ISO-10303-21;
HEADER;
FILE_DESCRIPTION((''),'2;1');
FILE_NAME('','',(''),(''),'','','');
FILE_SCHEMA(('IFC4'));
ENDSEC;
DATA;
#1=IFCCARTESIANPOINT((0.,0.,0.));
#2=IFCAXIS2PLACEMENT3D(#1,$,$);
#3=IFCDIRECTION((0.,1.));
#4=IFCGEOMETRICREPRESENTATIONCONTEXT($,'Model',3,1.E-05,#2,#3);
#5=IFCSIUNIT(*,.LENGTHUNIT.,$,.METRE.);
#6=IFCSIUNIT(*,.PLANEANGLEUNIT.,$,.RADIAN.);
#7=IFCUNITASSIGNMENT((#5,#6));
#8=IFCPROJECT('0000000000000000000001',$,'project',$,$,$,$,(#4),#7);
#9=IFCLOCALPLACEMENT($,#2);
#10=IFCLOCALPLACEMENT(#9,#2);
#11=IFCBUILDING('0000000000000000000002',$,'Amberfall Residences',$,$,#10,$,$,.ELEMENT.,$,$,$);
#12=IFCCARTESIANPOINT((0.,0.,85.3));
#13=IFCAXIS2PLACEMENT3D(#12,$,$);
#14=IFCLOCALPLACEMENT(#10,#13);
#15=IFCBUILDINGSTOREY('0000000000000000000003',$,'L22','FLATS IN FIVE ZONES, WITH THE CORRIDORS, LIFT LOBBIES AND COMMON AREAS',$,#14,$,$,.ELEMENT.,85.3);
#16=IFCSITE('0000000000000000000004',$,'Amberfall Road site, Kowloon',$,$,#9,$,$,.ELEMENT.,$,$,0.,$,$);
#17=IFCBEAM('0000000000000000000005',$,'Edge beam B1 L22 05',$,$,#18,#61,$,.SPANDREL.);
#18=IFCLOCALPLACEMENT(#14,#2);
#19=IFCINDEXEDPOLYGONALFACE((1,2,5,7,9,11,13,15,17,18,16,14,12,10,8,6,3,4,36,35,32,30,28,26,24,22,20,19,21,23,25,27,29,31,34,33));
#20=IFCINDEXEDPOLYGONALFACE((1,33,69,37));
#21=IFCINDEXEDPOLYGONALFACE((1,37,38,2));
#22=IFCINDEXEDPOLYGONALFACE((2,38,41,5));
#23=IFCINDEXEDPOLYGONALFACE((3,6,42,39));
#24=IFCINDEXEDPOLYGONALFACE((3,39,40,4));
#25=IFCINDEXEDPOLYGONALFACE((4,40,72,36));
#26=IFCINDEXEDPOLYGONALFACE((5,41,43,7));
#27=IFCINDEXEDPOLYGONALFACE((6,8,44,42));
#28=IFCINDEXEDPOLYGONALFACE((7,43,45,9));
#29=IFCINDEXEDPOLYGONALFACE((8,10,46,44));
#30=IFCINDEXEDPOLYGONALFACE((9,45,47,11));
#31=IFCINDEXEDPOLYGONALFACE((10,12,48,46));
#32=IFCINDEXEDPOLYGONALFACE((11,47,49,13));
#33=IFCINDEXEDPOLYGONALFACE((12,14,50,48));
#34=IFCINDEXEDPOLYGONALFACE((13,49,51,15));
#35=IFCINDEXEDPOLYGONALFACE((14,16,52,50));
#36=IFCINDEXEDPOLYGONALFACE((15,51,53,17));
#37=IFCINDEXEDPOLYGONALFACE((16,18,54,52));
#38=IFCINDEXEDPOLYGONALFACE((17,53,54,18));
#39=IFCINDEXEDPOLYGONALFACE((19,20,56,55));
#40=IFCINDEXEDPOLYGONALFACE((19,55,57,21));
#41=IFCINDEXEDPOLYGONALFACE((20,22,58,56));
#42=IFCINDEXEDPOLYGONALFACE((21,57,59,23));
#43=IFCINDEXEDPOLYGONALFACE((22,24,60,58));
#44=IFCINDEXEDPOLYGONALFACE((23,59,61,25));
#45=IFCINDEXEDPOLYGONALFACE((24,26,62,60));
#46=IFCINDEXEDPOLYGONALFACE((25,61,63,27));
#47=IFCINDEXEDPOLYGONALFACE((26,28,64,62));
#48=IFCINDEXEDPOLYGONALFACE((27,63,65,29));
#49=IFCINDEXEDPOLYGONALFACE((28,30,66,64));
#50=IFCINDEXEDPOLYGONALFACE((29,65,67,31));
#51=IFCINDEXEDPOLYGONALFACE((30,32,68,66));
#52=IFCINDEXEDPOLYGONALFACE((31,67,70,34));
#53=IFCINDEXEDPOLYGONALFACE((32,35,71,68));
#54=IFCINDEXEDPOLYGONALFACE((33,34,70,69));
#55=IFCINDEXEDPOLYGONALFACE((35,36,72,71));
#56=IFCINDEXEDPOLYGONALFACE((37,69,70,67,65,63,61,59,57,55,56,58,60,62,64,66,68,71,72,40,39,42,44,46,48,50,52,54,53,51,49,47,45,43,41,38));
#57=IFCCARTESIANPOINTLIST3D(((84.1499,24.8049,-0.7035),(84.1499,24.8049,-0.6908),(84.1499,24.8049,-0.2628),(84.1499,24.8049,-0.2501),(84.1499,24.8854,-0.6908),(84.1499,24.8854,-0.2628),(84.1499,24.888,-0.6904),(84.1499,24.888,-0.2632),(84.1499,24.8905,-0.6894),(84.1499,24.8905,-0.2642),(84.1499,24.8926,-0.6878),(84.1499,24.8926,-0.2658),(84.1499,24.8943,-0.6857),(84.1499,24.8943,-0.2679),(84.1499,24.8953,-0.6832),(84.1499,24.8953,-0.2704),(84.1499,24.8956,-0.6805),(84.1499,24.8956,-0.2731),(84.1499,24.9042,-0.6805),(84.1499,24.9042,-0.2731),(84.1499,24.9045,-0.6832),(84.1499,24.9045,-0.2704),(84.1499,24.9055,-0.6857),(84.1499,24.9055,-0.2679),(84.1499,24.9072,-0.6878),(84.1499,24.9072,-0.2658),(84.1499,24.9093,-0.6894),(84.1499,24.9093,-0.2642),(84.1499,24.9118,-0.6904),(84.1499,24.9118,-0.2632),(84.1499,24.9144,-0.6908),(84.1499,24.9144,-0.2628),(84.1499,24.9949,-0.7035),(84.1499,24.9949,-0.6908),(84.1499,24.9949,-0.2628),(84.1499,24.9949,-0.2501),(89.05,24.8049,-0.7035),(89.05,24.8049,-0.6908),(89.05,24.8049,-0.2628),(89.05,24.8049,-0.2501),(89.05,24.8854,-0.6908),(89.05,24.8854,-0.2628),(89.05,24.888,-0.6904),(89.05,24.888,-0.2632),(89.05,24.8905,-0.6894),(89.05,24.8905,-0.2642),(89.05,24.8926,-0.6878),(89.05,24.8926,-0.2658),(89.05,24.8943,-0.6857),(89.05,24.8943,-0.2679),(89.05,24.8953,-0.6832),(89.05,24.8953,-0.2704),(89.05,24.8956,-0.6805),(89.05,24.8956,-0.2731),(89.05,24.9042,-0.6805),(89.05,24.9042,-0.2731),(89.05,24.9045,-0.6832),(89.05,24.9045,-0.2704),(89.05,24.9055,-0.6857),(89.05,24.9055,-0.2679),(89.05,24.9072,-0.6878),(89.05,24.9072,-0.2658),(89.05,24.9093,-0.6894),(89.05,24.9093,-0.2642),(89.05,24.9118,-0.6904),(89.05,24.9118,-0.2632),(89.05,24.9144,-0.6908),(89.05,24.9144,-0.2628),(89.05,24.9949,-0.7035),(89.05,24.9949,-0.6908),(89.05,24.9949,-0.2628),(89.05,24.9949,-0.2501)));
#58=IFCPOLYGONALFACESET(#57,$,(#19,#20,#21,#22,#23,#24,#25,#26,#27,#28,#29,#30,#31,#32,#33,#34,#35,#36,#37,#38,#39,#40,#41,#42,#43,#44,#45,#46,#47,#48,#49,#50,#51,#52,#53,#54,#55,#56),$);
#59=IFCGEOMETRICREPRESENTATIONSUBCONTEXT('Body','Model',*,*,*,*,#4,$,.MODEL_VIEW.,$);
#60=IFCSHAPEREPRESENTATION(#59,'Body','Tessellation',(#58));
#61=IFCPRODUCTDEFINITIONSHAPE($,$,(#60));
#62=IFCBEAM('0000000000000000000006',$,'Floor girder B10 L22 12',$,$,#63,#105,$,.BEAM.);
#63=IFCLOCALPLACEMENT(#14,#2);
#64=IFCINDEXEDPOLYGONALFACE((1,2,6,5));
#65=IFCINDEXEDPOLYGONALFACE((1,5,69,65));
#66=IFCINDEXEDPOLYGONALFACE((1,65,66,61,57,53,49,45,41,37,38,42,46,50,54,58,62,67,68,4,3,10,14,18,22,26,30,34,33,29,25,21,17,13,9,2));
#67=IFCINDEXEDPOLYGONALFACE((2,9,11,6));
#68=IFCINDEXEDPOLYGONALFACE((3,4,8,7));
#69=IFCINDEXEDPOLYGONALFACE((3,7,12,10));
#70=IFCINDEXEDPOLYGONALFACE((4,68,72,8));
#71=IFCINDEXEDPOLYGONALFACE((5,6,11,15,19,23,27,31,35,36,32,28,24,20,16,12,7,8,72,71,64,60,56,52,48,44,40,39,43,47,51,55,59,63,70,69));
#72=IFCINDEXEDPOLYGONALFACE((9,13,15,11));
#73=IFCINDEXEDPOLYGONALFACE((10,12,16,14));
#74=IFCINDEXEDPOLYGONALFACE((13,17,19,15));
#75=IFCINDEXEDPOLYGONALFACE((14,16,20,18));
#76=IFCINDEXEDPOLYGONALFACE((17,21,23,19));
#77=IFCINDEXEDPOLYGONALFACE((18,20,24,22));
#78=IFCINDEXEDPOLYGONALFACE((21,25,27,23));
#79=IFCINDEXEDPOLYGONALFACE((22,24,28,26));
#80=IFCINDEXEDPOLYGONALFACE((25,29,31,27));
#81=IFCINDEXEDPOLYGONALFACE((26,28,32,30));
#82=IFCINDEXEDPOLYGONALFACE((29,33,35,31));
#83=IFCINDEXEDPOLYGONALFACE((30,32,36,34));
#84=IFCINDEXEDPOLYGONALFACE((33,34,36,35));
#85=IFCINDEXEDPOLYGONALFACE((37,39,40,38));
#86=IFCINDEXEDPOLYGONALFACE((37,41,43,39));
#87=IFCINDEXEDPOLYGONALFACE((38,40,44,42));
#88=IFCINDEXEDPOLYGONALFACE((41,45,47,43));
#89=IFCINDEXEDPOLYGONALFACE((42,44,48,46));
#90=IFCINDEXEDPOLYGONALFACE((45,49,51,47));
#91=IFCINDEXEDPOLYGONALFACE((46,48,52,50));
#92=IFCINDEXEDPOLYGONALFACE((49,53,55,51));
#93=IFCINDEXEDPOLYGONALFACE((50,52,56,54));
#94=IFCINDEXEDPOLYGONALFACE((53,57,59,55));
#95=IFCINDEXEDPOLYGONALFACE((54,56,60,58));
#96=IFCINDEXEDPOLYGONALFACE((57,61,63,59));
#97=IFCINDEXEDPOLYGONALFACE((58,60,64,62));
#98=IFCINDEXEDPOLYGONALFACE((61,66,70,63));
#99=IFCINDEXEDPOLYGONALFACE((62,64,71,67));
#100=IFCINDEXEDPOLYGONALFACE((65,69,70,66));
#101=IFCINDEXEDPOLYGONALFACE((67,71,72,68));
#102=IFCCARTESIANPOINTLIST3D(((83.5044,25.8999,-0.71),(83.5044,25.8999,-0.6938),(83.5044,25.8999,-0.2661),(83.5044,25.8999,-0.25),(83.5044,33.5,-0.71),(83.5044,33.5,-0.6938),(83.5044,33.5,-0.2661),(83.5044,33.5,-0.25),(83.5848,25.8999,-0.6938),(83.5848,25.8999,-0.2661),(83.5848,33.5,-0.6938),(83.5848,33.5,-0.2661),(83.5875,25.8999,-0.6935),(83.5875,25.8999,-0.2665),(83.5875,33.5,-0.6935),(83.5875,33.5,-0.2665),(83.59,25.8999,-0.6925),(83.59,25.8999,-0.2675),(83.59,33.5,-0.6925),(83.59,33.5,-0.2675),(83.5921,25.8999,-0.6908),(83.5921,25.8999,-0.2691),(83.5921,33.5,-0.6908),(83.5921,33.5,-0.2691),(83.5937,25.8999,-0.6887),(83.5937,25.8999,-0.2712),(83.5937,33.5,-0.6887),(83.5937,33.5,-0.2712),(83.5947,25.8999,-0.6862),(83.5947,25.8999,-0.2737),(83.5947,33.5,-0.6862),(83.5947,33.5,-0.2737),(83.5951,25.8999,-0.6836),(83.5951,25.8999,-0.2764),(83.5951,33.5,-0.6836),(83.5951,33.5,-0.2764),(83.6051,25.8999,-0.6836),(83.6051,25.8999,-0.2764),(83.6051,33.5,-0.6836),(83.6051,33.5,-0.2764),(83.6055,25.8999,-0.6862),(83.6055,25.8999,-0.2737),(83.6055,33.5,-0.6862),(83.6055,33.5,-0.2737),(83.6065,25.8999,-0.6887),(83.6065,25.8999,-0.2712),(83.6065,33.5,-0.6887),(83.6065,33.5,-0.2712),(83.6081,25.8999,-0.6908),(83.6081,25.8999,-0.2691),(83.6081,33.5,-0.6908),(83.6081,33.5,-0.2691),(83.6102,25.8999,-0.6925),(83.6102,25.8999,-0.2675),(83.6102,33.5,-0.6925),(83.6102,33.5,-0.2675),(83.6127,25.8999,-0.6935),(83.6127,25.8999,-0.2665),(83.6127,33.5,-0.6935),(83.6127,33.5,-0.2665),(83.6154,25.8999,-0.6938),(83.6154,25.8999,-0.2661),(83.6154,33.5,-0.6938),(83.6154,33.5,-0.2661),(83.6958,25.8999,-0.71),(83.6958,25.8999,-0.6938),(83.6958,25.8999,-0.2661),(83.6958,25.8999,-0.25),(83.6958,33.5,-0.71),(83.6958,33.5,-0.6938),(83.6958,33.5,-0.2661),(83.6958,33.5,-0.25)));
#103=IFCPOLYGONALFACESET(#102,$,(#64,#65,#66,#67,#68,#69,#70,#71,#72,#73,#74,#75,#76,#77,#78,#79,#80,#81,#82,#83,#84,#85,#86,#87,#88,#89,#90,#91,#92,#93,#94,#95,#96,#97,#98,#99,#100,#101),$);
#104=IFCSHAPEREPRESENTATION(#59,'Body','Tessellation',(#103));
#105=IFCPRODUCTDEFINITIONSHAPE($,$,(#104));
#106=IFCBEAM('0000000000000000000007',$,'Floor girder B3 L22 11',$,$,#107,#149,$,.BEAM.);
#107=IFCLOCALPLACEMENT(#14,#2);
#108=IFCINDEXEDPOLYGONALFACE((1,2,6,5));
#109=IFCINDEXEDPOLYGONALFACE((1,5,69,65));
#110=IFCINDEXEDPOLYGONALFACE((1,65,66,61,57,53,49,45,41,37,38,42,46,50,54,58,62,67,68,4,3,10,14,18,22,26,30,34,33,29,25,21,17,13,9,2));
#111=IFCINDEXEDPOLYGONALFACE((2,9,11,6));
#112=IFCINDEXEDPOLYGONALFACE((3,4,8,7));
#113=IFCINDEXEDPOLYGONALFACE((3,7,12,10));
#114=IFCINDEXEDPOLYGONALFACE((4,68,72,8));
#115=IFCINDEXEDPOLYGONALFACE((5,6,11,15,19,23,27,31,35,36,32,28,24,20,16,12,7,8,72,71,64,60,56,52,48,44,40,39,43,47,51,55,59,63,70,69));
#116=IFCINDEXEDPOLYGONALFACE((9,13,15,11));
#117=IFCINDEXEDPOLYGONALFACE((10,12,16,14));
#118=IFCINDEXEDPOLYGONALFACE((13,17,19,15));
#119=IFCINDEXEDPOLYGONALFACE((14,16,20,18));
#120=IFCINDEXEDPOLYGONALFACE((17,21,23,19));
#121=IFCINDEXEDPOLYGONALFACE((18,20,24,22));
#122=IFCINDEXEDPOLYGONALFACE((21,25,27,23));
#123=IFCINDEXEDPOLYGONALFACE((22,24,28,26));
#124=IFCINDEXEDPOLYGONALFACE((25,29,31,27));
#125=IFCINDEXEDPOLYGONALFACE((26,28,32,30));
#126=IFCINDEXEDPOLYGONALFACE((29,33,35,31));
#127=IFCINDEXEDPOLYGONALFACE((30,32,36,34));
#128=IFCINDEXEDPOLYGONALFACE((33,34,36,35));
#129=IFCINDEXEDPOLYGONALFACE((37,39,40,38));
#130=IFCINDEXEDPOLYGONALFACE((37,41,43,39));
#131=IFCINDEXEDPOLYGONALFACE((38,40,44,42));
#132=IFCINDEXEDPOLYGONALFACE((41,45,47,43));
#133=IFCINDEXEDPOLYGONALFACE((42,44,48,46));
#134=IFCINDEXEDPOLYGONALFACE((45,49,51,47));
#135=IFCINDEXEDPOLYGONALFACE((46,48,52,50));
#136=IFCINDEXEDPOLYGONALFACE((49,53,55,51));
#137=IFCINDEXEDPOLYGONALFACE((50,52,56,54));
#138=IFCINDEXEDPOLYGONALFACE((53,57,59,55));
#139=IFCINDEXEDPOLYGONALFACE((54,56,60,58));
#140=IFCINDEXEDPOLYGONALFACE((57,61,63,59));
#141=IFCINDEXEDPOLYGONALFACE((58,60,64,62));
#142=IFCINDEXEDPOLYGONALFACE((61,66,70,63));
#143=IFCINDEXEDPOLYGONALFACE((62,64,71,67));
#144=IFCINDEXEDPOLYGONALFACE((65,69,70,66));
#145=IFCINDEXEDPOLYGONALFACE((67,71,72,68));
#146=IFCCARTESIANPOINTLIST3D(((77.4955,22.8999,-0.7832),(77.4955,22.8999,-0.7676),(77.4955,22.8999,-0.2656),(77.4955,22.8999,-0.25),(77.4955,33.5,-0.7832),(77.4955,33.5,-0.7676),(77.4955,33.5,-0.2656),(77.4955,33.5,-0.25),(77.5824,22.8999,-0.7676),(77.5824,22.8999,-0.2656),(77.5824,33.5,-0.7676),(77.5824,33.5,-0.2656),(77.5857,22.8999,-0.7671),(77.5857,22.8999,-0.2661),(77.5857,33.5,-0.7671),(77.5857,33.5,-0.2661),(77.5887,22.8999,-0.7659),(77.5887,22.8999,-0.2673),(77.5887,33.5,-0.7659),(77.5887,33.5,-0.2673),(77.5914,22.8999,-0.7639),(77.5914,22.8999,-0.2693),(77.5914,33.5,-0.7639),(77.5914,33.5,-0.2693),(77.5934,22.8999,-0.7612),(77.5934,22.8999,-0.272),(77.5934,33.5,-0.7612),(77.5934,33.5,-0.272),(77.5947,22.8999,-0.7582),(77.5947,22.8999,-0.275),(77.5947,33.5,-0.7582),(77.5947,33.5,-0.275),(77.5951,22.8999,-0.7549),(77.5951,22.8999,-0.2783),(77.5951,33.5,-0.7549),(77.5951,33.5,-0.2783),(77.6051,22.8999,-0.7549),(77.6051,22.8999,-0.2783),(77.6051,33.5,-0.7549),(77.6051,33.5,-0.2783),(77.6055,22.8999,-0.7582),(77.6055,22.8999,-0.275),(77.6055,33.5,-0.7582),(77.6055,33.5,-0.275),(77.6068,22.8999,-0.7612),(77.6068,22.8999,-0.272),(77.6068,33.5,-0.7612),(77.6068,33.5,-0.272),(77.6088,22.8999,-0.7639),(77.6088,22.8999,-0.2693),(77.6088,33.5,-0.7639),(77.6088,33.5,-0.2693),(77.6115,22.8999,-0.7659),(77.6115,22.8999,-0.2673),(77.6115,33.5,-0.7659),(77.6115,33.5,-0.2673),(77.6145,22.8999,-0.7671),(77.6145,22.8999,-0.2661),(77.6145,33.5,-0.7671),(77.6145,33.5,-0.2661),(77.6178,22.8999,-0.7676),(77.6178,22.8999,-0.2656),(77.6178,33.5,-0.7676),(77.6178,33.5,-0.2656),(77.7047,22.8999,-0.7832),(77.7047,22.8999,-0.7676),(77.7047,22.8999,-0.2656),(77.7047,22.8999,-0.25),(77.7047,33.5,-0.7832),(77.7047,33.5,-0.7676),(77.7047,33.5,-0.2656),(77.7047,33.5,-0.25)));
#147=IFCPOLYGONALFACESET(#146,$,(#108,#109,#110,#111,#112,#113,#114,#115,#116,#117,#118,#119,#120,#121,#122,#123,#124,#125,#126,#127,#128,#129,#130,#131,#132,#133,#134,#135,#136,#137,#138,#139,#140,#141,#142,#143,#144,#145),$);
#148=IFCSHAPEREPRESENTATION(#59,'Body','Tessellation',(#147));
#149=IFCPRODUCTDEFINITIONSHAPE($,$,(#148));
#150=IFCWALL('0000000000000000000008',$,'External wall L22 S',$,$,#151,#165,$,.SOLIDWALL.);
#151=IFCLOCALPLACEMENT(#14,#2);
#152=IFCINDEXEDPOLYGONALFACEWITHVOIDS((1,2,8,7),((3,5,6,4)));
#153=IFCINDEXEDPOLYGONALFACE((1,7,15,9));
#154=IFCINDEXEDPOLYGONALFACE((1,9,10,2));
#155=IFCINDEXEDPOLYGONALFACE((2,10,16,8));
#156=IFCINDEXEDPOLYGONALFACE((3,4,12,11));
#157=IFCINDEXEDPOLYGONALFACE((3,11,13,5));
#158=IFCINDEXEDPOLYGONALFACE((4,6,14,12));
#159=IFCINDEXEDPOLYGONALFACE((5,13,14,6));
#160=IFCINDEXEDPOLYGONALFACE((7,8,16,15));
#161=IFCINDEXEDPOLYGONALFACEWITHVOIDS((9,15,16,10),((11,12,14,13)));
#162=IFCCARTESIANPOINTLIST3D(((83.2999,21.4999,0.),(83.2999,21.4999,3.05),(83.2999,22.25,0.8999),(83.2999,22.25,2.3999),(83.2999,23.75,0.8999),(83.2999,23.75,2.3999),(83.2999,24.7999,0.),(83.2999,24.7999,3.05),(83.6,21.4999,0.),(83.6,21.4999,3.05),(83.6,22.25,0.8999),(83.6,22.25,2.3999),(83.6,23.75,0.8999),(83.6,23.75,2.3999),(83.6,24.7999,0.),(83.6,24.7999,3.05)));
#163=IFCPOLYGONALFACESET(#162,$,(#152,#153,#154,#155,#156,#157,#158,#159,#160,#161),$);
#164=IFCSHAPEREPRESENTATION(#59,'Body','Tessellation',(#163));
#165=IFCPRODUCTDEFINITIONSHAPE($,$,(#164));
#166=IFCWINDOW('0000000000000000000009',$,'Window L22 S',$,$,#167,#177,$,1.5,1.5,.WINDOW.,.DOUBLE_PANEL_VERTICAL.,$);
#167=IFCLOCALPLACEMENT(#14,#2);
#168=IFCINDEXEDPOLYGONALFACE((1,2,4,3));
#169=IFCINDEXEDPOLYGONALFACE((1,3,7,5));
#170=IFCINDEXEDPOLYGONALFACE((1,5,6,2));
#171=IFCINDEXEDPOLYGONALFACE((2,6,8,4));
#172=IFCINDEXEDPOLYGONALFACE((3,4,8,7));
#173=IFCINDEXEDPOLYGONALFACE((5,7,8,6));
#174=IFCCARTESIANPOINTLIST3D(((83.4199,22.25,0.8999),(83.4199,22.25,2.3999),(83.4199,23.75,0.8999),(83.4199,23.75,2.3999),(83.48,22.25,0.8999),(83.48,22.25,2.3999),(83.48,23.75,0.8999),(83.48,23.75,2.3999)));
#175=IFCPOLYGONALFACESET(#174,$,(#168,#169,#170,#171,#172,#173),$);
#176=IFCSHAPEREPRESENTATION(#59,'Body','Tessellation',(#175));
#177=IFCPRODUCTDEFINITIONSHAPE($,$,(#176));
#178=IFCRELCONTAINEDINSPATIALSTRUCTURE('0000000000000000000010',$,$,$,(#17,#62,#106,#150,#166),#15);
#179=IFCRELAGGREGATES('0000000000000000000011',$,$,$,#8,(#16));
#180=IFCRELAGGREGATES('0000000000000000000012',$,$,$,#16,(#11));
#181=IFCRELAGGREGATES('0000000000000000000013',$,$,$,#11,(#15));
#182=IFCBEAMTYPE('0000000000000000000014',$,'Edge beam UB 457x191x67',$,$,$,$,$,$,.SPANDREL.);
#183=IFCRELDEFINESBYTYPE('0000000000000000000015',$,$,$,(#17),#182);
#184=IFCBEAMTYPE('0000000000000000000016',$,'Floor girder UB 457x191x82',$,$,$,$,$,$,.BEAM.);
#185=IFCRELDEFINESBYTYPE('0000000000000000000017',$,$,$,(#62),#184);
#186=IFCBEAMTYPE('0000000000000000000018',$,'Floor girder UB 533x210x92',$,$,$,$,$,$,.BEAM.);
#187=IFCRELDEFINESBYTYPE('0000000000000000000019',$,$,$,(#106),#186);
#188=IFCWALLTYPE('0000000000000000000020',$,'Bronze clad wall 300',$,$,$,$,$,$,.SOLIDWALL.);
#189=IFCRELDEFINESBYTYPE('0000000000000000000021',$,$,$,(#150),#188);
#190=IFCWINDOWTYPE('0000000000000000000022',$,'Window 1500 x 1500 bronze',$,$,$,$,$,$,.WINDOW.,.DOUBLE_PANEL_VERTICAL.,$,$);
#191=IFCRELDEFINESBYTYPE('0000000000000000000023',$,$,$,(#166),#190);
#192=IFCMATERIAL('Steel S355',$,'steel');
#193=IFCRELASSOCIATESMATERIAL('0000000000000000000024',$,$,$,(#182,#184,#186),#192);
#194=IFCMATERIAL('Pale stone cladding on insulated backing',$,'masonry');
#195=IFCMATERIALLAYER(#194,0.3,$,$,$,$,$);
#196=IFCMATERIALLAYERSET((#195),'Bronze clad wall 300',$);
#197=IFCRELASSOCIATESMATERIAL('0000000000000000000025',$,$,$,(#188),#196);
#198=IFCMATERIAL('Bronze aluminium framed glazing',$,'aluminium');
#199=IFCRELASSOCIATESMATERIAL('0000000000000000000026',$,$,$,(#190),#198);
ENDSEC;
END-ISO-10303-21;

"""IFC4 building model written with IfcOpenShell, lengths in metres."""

from ifc_helpers import new_model, si_unit, direction, frame, frame_2d, origin, origin_2d, place, context, subcontext, project, spatial, rectangle, i_section, extrude, material, layer, layer_set, material_profile, profile_set, type_object, element, fill, save


model = new_model("IFC4")

# Units and contexts
model_context = context("Model", 3, precision=1e-05, world=origin(), true_north=direction((0.0, 1.0)))
body_context = subcontext(model_context, "Body", "Model", "MODEL_VIEW")
ifc_project = project(units=[si_unit("LENGTHUNIT", "METRE"), si_unit("PLANEANGLEUNIT", "RADIAN")], contexts=[model_context])

# Site, building, storey
site_placement = place(None, origin())
site = spatial("IfcSite", under=ifc_project, at=site_placement, Name="Amberfall Road site, Kowloon", CompositionType="ELEMENT", RefElevation=0.0)
building_placement = place(site_placement, origin())
building = spatial("IfcBuilding", under=site, at=building_placement, Name="Amberfall Residences", CompositionType="ELEMENT")
storey_placement = place(building_placement, frame((0.0, 0.0, 85.3)))
storey = spatial("IfcBuildingStorey", under=building, at=storey_placement, Name="L22", Description="FLATS IN FIVE ZONES, WITH THE CORRIDORS, LIFT LOBBIES AND COMMON AREAS", CompositionType="ELEMENT", Elevation=85.3)

# Beams
ifc_material_1 = material(Name="Steel S355", Category="steel")
ifc_material_profile_1 = material_profile(ifc_material_1, i_section(OverallWidth=0.1899, OverallDepth=0.4534, WebThickness=0.0085, FlangeThickness=0.0127, FilletRadius=0.0103, at=origin_2d()), Name="UB 457x191x67")
ifc_profile_set_1 = profile_set([ifc_material_profile_1], Name="Steel S355")
beam_type_1 = type_object("IfcBeamType", Name="Edge beam UB 457x191x67", PredefinedType="SPANDREL", material=ifc_profile_set_1)
beam_1_placement = place(storey_placement, frame((84.1499, 24.8999, -0.4768), z_axis=(1.0, 0.0, 0.0), x_axis=(0.0, 1.0, 0.0)))
element("IfcBeam", 1, at=beam_1_placement, inside=storey, type_object=beam_type_1, Name="Edge beam B1 L22 05", PredefinedType="SPANDREL", context=body_context, shape_type="SweptSolid", body=[
    extrude(i_section(OverallWidth=0.1899, OverallDepth=0.4534, WebThickness=0.0085, FlangeThickness=0.0127, FilletRadius=0.0103, at=origin_2d()), origin(), (0.0, 0.0, 1.0), 4.9001),
])
ifc_material_profile_2 = material_profile(ifc_material_1, i_section(OverallWidth=0.1914, OverallDepth=0.46, WebThickness=0.01, FlangeThickness=0.0161, FilletRadius=0.0103, at=origin_2d()), Name="UB 457x191x82")
ifc_profile_set_2 = profile_set([ifc_material_profile_2], Name="Steel S355")
beam_type_2 = type_object("IfcBeamType", Name="Floor girder UB 457x191x82", PredefinedType="BEAM", material=ifc_profile_set_2)
beam_2_placement = place(storey_placement, frame((83.6001, 25.8999, -0.48), z_axis=(0.0, 1.0, 0.0), x_axis=(-1.0, 0.0, 0.0)))
element("IfcBeam", 2, at=beam_2_placement, inside=storey, type_object=beam_type_2, Name="Floor girder B10 L22 12", PredefinedType="BEAM", context=body_context, shape_type="SweptSolid", body=[
    extrude(i_section(OverallWidth=0.1914, OverallDepth=0.46, WebThickness=0.01, FlangeThickness=0.0161, FilletRadius=0.0103, at=origin_2d()), origin(), (0.0, 0.0, 1.0), 7.6001),
])
ifc_material_profile_3 = material_profile(ifc_material_1, i_section(OverallWidth=0.2092, OverallDepth=0.5332, WebThickness=0.01, FlangeThickness=0.0156, FilletRadius=0.0127, at=origin_2d()), Name="UB 533x210x92")
ifc_profile_set_3 = profile_set([ifc_material_profile_3], Name="Steel S355")
beam_type_3 = type_object("IfcBeamType", Name="Floor girder UB 533x210x92", PredefinedType="BEAM", material=ifc_profile_set_3)
beam_3_placement = place(storey_placement, frame((77.6001, 22.8999, -0.5166), z_axis=(0.0, 1.0, 0.0), x_axis=(-1.0, 0.0, 0.0)))
element("IfcBeam", 3, at=beam_3_placement, inside=storey, type_object=beam_type_3, Name="Floor girder B3 L22 11", PredefinedType="BEAM", context=body_context, shape_type="SweptSolid", body=[
    extrude(i_section(OverallWidth=0.2092, OverallDepth=0.5332, WebThickness=0.01, FlangeThickness=0.0156, FilletRadius=0.0127, at=origin_2d()), origin(), (0.0, 0.0, 1.0), 10.6001),
])

# Wall, opening, window
ifc_material_2 = material(Name="Pale stone cladding on insulated backing", Category="masonry")
ifc_layer_1 = layer(ifc_material_2, 0.3)
ifc_layer_set_1 = layer_set([ifc_layer_1], Name="Bronze clad wall 300")
wall_type_1 = type_object("IfcWallType", Name="Bronze clad wall 300", PredefinedType="SOLIDWALL", material=ifc_layer_set_1)
wall_1_placement = place(storey_placement, frame((83.45, 21.5, 0.0), z_axis=(0.0, 0.0, 1.0), x_axis=(0.0, 1.0, 0.0)))
wall_1 = element("IfcWall", 4, at=wall_1_placement, inside=storey, type_object=wall_type_1, Name="External wall L22 S", PredefinedType="SOLIDWALL", context=body_context, shape_type="SweptSolid", body=[
    extrude(rectangle(XDim=3.3, YDim=0.3, at=frame_2d((1.6499, 0.0))), origin(), (0.0, 0.0, 1.0), 3.05),
])
opening_1_placement = place(wall_1_placement, frame((0.75, 0.0, 0.8999)))
opening_1 = element("IfcOpeningElement", 5, at=opening_1_placement, cuts=wall_1, PredefinedType="OPENING", context=body_context, shape_type="SweptSolid", body=[
    extrude(rectangle(XDim=1.5, YDim=1.5, at=frame_2d((0.75, 0.75))), frame((0.0, 0.1599, 0.0), z_axis=(0.0, -1.0, 0.0), x_axis=(1.0, 0.0, 0.0)), (0.0, 0.0, 1.0), 0.3201),
])
ifc_material_3 = material(Name="Bronze aluminium framed glazing", Category="aluminium")
window_type_1 = type_object("IfcWindowType", Name="Window 1500 x 1500 bronze", PartitioningType="DOUBLE_PANEL_VERTICAL", PredefinedType="WINDOW", material=ifc_material_3)
window_1_placement = place(opening_1_placement, origin())
window_1 = element("IfcWindow", 6, at=window_1_placement, inside=storey, type_object=window_type_1, Name="Window L22 S", OverallHeight=1.5, OverallWidth=1.5, PartitioningType="DOUBLE_PANEL_VERTICAL", PredefinedType="WINDOW", context=body_context, shape_type="SweptSolid", body=[
    extrude(rectangle(XDim=1.5, YDim=1.5, at=frame_2d((0.75, 0.75))), frame((0.0, 0.03, 0.0), z_axis=(0.0, -1.0, 0.0), x_axis=(1.0, 0.0, 0.0)), (0.0, 0.0, 1.0), 0.0601),
])
fill(opening_1, window_1)

save(model, "model.ifc")
